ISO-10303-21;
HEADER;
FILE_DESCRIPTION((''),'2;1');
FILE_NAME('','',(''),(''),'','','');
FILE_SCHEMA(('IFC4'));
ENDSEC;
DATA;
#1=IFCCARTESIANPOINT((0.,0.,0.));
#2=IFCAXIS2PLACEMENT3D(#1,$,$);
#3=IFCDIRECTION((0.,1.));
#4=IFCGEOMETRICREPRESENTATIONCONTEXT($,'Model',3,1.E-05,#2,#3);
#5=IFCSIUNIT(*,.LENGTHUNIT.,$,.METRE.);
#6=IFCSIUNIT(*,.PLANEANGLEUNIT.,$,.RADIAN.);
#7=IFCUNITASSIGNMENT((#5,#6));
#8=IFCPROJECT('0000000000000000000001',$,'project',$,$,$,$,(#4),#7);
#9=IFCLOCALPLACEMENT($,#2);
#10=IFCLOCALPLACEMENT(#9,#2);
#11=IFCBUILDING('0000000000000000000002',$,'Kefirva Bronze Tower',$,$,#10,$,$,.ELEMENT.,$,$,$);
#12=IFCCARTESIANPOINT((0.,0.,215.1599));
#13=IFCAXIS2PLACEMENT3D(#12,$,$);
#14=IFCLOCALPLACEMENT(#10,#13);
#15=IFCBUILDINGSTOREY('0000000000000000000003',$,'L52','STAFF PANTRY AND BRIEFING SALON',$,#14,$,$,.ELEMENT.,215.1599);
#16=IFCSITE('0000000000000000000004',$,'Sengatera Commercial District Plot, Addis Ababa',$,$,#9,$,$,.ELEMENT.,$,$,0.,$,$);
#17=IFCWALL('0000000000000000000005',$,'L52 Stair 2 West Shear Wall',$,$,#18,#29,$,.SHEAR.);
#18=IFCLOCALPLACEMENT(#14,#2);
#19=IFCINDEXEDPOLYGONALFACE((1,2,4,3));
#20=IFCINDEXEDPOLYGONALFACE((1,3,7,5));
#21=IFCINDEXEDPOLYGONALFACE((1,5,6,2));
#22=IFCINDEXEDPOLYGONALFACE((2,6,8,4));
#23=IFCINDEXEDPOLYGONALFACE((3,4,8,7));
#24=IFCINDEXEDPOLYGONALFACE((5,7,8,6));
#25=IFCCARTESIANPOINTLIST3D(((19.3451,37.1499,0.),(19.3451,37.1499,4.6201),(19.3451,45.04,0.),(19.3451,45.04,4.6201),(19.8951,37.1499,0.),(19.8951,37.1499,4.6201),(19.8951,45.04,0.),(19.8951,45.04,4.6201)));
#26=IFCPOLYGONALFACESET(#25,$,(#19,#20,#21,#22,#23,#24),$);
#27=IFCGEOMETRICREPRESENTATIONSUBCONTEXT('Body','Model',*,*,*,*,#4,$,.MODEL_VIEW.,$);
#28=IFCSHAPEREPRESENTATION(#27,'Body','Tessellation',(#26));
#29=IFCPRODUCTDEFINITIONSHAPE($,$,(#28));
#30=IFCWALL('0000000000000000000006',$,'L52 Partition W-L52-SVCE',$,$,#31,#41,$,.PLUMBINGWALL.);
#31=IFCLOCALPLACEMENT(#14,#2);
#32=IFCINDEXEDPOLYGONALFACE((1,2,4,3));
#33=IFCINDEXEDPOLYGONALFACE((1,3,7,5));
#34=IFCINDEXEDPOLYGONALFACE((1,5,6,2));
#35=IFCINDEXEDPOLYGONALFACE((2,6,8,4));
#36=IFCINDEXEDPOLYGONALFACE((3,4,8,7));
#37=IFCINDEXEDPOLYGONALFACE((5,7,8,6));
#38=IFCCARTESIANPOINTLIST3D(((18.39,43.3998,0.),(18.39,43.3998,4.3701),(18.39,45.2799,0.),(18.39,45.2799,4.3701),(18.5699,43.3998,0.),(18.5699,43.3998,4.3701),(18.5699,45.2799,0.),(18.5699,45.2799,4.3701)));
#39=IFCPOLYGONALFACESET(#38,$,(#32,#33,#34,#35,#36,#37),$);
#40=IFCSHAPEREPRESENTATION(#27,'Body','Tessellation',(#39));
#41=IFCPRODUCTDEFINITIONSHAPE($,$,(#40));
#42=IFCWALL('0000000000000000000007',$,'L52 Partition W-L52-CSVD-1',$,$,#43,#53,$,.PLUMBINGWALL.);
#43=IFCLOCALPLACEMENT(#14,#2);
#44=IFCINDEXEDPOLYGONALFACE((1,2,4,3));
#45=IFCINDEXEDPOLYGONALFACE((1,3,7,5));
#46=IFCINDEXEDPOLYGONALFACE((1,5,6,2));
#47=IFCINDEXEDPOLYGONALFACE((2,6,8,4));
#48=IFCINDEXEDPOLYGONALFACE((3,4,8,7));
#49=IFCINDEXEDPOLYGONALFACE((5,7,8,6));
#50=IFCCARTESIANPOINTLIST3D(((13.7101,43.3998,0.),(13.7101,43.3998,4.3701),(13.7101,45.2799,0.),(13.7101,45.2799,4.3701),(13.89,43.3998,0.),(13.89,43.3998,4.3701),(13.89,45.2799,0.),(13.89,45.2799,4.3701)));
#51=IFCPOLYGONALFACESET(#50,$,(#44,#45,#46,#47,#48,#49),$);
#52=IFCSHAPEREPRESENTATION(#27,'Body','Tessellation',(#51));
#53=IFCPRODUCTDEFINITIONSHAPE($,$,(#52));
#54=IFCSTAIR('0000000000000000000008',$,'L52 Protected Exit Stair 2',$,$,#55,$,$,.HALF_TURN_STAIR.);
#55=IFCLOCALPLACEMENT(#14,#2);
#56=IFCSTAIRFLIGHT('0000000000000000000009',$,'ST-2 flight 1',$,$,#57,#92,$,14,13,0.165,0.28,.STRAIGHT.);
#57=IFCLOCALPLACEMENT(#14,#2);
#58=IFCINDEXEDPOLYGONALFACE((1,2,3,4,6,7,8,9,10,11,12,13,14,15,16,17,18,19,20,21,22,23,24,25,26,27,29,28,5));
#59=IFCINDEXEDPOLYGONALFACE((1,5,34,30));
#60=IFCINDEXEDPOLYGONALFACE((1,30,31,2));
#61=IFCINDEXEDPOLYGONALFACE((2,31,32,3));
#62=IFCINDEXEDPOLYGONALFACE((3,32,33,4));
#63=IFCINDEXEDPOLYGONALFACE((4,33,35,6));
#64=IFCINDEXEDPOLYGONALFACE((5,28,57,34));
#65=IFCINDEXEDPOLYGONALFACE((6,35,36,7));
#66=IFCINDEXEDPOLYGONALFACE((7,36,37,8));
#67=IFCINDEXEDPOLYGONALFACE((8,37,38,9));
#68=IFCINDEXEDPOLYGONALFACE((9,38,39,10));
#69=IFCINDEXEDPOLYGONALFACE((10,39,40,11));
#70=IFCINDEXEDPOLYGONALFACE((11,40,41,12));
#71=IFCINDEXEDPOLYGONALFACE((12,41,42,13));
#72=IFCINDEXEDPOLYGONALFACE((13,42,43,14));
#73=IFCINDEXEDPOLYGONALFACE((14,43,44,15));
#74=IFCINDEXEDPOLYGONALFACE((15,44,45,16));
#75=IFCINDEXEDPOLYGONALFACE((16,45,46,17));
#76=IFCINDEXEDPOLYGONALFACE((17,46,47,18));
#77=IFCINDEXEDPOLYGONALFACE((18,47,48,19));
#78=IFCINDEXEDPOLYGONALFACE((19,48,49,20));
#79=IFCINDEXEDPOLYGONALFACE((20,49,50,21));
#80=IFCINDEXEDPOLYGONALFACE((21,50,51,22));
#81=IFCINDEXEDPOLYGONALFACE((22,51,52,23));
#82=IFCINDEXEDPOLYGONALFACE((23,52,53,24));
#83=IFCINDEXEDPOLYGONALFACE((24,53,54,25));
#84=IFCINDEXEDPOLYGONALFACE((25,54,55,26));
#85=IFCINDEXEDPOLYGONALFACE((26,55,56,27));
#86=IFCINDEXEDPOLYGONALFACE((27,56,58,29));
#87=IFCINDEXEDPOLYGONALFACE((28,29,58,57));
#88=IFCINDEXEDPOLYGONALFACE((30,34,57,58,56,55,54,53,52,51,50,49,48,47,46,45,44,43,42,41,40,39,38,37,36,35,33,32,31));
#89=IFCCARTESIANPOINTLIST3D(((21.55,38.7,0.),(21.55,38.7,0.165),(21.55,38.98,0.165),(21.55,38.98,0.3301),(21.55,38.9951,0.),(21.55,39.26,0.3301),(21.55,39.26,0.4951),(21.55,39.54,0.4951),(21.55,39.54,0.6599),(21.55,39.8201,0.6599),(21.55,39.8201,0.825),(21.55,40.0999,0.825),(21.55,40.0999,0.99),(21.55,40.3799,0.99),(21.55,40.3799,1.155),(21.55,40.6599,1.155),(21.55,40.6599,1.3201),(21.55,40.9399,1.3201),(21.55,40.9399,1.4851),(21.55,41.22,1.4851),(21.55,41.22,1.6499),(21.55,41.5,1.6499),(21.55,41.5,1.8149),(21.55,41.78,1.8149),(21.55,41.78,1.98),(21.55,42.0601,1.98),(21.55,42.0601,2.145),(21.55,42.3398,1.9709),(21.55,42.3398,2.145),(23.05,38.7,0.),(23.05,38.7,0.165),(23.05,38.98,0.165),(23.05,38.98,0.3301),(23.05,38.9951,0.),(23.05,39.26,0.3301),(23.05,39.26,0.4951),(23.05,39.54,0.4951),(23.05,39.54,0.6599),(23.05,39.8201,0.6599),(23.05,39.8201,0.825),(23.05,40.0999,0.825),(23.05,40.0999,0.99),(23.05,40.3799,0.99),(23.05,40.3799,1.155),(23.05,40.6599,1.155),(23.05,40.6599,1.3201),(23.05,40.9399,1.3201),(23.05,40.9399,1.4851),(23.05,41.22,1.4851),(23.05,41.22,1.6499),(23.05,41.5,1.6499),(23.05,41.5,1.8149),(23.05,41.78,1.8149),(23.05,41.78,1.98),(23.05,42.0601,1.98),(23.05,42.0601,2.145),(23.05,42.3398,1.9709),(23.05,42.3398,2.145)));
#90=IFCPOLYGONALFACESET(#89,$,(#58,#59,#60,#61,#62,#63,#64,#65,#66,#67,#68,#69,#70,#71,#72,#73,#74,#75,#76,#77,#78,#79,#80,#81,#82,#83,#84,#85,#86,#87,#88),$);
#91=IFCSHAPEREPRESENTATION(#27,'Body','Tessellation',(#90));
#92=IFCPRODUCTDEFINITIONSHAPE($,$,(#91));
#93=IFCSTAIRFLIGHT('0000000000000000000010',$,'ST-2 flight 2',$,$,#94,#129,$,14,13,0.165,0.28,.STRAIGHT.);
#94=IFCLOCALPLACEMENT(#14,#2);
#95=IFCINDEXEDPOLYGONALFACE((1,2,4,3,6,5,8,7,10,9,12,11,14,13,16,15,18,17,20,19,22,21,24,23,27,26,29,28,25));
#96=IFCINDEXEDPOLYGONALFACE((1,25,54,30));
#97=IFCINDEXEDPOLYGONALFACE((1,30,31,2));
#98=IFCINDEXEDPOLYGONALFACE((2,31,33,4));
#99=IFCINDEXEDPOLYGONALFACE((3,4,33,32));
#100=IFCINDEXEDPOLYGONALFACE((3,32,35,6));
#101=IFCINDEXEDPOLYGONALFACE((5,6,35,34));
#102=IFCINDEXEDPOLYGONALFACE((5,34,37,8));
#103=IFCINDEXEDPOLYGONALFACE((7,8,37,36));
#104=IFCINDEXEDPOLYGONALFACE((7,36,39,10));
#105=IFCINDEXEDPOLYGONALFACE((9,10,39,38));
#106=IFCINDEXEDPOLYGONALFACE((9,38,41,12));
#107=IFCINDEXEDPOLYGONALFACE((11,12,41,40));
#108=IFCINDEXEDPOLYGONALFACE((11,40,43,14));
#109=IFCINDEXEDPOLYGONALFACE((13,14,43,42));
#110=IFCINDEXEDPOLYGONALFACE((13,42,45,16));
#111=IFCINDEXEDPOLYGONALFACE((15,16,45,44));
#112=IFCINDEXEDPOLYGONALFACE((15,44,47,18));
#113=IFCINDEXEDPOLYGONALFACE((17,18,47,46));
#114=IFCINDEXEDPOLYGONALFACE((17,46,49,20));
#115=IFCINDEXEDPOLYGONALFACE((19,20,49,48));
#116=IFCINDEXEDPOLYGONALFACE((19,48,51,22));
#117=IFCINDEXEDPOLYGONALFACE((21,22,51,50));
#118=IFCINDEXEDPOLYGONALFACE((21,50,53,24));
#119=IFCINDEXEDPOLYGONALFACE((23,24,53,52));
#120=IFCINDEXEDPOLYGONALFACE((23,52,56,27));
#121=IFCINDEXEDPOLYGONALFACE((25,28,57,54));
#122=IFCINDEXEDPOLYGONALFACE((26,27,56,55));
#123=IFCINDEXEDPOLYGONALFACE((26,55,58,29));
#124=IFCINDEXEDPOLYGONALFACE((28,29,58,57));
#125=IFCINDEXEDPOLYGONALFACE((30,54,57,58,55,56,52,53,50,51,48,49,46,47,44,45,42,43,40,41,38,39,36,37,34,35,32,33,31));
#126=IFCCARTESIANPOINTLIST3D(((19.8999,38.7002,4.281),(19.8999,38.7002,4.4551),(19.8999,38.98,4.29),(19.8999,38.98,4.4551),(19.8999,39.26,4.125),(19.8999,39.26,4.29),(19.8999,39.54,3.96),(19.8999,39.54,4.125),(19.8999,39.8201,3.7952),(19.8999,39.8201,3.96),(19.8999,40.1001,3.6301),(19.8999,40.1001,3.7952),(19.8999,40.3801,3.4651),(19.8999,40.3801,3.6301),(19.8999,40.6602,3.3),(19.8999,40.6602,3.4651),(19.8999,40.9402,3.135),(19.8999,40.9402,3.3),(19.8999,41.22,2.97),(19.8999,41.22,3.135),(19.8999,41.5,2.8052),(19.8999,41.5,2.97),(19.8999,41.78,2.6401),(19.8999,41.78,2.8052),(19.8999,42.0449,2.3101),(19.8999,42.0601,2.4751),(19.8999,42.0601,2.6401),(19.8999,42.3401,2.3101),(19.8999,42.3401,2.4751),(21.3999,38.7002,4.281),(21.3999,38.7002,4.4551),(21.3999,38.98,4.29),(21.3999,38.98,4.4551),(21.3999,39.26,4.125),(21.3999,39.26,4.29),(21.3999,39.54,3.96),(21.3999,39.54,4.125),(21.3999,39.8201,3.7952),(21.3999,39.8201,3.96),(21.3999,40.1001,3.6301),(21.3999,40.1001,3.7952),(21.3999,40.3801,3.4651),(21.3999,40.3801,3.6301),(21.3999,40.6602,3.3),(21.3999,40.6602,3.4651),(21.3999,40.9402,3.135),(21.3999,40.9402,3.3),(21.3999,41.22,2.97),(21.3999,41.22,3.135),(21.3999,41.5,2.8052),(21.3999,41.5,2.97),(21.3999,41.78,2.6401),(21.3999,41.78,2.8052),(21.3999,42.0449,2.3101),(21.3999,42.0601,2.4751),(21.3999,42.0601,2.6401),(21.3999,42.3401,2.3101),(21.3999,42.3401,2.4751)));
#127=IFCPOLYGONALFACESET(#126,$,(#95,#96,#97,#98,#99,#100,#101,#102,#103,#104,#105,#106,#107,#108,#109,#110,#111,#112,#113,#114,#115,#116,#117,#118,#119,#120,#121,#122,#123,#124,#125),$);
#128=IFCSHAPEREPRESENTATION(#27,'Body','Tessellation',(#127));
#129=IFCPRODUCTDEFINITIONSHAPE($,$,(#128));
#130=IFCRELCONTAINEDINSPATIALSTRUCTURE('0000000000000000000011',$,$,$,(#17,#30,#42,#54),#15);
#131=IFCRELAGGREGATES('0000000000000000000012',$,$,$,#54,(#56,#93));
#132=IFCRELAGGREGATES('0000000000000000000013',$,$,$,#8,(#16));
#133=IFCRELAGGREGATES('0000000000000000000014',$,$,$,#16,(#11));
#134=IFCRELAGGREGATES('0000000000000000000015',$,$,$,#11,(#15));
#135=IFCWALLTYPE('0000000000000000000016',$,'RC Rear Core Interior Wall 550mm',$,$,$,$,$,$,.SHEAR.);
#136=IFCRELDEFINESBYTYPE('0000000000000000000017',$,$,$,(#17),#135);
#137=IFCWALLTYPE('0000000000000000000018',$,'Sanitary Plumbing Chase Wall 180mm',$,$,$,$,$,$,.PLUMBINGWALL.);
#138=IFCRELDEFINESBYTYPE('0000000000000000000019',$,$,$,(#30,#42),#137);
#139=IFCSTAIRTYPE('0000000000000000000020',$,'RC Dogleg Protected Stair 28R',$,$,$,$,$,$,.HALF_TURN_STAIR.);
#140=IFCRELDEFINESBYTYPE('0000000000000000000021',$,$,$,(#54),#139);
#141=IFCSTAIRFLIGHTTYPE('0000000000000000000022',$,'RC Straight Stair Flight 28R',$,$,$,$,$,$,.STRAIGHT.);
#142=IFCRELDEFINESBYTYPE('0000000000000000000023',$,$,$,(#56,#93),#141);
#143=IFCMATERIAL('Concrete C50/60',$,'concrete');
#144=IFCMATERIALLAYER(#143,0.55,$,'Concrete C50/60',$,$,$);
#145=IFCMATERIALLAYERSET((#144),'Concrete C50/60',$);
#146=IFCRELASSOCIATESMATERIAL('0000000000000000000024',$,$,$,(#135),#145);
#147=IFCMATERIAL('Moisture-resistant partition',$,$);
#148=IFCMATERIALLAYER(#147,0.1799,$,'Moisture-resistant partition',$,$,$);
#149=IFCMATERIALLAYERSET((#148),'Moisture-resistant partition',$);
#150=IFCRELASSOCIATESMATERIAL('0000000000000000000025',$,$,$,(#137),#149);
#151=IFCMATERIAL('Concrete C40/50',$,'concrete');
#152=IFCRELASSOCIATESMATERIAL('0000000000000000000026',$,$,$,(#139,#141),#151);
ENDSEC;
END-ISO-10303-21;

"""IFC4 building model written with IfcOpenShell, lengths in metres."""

from ifc_helpers import new_model, si_unit, direction, frame, frame_2d, origin, place, context, subcontext, project, spatial, polyline, rectangle, outline, extrude, material, layer, layer_set, type_object, element, aggregate, save


model = new_model("IFC4")

# Units and contexts
model_context = context("Model", 3, precision=1e-05, world=origin(), true_north=direction((0.0, 1.0)))
body_context = subcontext(model_context, "Body", "Model", "MODEL_VIEW")
ifc_project = project(units=[si_unit("LENGTHUNIT", "METRE"), si_unit("PLANEANGLEUNIT", "RADIAN")], contexts=[model_context])

# Site, building, storey
site_placement = place(None, origin())
site = spatial("IfcSite", under=ifc_project, at=site_placement, Name="Sengatera Commercial District Plot, Addis Ababa", CompositionType="ELEMENT", RefElevation=0.0)
building_placement = place(site_placement, origin())
building = spatial("IfcBuilding", under=site, at=building_placement, Name="Kefirva Bronze Tower", CompositionType="ELEMENT")
storey_placement = place(building_placement, frame((0.0, 0.0, 215.1599)))
storey = spatial("IfcBuildingStorey", under=building, at=storey_placement, Name="L52", Description="STAFF PANTRY AND BRIEFING SALON", CompositionType="ELEMENT", Elevation=215.1599)

# Shared definitions
ifc_material_1 = material(Name="Concrete C50/60", Category="concrete")

# Walls
ifc_layer_1 = layer(ifc_material_1, 0.55, Name="Concrete C50/60")
ifc_layer_set_1 = layer_set([ifc_layer_1], Name="Concrete C50/60")
wall_type_1 = type_object("IfcWallType", Name="RC Rear Core Interior Wall 550mm", PredefinedType="SHEAR", material=ifc_layer_set_1)
wall_1_placement = place(storey_placement, frame((19.6201, 37.1499, 0.0), z_axis=(0.0, 0.0, 1.0), x_axis=(0.0, 1.0, 0.0)))
element("IfcWall", 1, at=wall_1_placement, inside=storey, type_object=wall_type_1, Name="L52 Stair 2 West Shear Wall", PredefinedType="SHEAR", context=body_context, shape_type="SweptSolid", body=[
    extrude(rectangle(XDim=7.8901, YDim=0.55, at=frame_2d((3.9451, 0.0))), origin(), (0.0, 0.0, 1.0), 4.6201),
])
ifc_material_2 = material(Name="Moisture-resistant partition")
ifc_layer_2 = layer(ifc_material_2, 0.1799, Name="Moisture-resistant partition")
ifc_layer_set_2 = layer_set([ifc_layer_2], Name="Moisture-resistant partition")
wall_type_2 = type_object("IfcWallType", Name="Sanitary Plumbing Chase Wall 180mm", PredefinedType="PLUMBINGWALL", material=ifc_layer_set_2)
for number, where, z_axis, x_axis, name in (
    (2, (18.48, 43.3999, 0.0), (0.0, 0.0, 1.0), (0.0, 1.0, 0.0), "L52 Partition W-L52-SVCE"),
    (3, (13.8, 43.3999, 0.0), (0.0, 0.0, 1.0), (0.0, 1.0, 0.0), "L52 Partition W-L52-CSVD-1"),
):
    element("IfcWall", number, at=place(storey_placement, frame(where, z_axis=z_axis, x_axis=x_axis)), inside=storey, type_object=wall_type_2, Name=name, PredefinedType="PLUMBINGWALL", context=body_context, shape_type="SweptSolid", body=[
        extrude(rectangle(XDim=1.8801, YDim=0.1799, at=frame_2d((0.9399, 0.0))), origin(), (0.0, 0.0, 1.0), 4.3701),
    ])

# Stair, stair flights
ifc_material_3 = material(Name="Concrete C40/50", Category="concrete")
stair_type = type_object("IfcStairType", Name="RC Dogleg Protected Stair 28R", PredefinedType="HALF_TURN_STAIR", material=ifc_material_3)
stair_placement = place(storey_placement, origin())
stair = element("IfcStair", 4, at=stair_placement, inside=storey, type_object=stair_type, Name="L52 Protected Exit Stair 2", PredefinedType="HALF_TURN_STAIR")
stair_flight_type = type_object("IfcStairFlightType", Name="RC Straight Stair Flight 28R", PredefinedType="STRAIGHT", material=ifc_material_3)
stair_flight_1_placement = place(storey_placement, frame((22.3, 38.7, 0.0), z_axis=(0.0, 0.0, 1.0), x_axis=(0.0, 1.0, 0.0)))
stair_flight_1 = element("IfcStairFlight", 5, at=stair_flight_1_placement, type_object=stair_flight_type, Name="ST-2 flight 1", NumberOfRisers=14, NumberOfTreads=13, PredefinedType="STRAIGHT", RiserHeight=0.165, TreadLength=0.28, context=body_context, shape_type="SweptSolid", body=[
    extrude(outline(polyline([(0.0, 0.0), (0.0, 0.165), (0.28, 0.165), (0.28, 0.3301), (0.5601, 0.3301), (0.5601, 0.4951), (0.8401, 0.4951), (0.8401, 0.6599), (1.1201, 0.6599), (1.1201, 0.825), (1.3999, 0.825), (1.3999, 0.99), (1.6799, 0.99), (1.6799, 1.155), (1.96, 1.155), (1.96, 1.3201), (2.24, 1.3201), (2.24, 1.4851), (2.52, 1.4851), (2.52, 1.6499), (2.8, 1.6499), (2.8, 1.8149), (3.0801, 1.8149), (3.0801, 1.98), (3.3601, 1.98), (3.3601, 2.145), (3.6399, 2.145), (3.6399, 2.3101), (3.6399, 1.9709), (0.2952, 0.0), (0.0, 0.0)])), frame((0.0, 0.75, 0.0), z_axis=(0.0, -1.0, 0.0), x_axis=(1.0, 0.0, 0.0)), (0.0, 0.0, 1.0), 1.5),
])
stair_flight_2_placement = place(storey_placement, frame((20.6499, 42.3401, 2.3101), z_axis=(0.0, 0.0, 1.0), x_axis=(0.0, -1.0, 0.0)))
stair_flight_2 = element("IfcStairFlight", 6, at=stair_flight_2_placement, type_object=stair_flight_type, Name="ST-2 flight 2", NumberOfRisers=14, NumberOfTreads=13, PredefinedType="STRAIGHT", RiserHeight=0.165, TreadLength=0.28, context=body_context, shape_type="SweptSolid", body=[
    extrude(outline(polyline([(0.0, 0.0), (0.0, 0.165), (0.28, 0.165), (0.28, 0.3301), (0.5601, 0.3301), (0.5601, 0.4951), (0.8401, 0.4951), (0.8401, 0.6599), (1.1201, 0.6599), (1.1201, 0.825), (1.3999, 0.825), (1.3999, 0.99), (1.6799, 0.99), (1.6799, 1.155), (1.96, 1.155), (1.96, 1.3201), (2.24, 1.3201), (2.24, 1.4851), (2.52, 1.4851), (2.52, 1.6499), (2.8, 1.6499), (2.8, 1.8149), (3.0801, 1.8149), (3.0801, 1.98), (3.3601, 1.98), (3.3601, 2.145), (3.6399, 2.145), (3.6399, 2.3101), (3.6399, 1.9709), (0.2952, 0.0), (0.0, 0.0)])), frame((0.0, 0.75, 0.0), z_axis=(0.0, -1.0, 0.0), x_axis=(1.0, 0.0, 0.0)), (0.0, 0.0, 1.0), 1.5),
])
aggregate(stair, [stair_flight_1, stair_flight_2])

save(model, "model.ifc")
